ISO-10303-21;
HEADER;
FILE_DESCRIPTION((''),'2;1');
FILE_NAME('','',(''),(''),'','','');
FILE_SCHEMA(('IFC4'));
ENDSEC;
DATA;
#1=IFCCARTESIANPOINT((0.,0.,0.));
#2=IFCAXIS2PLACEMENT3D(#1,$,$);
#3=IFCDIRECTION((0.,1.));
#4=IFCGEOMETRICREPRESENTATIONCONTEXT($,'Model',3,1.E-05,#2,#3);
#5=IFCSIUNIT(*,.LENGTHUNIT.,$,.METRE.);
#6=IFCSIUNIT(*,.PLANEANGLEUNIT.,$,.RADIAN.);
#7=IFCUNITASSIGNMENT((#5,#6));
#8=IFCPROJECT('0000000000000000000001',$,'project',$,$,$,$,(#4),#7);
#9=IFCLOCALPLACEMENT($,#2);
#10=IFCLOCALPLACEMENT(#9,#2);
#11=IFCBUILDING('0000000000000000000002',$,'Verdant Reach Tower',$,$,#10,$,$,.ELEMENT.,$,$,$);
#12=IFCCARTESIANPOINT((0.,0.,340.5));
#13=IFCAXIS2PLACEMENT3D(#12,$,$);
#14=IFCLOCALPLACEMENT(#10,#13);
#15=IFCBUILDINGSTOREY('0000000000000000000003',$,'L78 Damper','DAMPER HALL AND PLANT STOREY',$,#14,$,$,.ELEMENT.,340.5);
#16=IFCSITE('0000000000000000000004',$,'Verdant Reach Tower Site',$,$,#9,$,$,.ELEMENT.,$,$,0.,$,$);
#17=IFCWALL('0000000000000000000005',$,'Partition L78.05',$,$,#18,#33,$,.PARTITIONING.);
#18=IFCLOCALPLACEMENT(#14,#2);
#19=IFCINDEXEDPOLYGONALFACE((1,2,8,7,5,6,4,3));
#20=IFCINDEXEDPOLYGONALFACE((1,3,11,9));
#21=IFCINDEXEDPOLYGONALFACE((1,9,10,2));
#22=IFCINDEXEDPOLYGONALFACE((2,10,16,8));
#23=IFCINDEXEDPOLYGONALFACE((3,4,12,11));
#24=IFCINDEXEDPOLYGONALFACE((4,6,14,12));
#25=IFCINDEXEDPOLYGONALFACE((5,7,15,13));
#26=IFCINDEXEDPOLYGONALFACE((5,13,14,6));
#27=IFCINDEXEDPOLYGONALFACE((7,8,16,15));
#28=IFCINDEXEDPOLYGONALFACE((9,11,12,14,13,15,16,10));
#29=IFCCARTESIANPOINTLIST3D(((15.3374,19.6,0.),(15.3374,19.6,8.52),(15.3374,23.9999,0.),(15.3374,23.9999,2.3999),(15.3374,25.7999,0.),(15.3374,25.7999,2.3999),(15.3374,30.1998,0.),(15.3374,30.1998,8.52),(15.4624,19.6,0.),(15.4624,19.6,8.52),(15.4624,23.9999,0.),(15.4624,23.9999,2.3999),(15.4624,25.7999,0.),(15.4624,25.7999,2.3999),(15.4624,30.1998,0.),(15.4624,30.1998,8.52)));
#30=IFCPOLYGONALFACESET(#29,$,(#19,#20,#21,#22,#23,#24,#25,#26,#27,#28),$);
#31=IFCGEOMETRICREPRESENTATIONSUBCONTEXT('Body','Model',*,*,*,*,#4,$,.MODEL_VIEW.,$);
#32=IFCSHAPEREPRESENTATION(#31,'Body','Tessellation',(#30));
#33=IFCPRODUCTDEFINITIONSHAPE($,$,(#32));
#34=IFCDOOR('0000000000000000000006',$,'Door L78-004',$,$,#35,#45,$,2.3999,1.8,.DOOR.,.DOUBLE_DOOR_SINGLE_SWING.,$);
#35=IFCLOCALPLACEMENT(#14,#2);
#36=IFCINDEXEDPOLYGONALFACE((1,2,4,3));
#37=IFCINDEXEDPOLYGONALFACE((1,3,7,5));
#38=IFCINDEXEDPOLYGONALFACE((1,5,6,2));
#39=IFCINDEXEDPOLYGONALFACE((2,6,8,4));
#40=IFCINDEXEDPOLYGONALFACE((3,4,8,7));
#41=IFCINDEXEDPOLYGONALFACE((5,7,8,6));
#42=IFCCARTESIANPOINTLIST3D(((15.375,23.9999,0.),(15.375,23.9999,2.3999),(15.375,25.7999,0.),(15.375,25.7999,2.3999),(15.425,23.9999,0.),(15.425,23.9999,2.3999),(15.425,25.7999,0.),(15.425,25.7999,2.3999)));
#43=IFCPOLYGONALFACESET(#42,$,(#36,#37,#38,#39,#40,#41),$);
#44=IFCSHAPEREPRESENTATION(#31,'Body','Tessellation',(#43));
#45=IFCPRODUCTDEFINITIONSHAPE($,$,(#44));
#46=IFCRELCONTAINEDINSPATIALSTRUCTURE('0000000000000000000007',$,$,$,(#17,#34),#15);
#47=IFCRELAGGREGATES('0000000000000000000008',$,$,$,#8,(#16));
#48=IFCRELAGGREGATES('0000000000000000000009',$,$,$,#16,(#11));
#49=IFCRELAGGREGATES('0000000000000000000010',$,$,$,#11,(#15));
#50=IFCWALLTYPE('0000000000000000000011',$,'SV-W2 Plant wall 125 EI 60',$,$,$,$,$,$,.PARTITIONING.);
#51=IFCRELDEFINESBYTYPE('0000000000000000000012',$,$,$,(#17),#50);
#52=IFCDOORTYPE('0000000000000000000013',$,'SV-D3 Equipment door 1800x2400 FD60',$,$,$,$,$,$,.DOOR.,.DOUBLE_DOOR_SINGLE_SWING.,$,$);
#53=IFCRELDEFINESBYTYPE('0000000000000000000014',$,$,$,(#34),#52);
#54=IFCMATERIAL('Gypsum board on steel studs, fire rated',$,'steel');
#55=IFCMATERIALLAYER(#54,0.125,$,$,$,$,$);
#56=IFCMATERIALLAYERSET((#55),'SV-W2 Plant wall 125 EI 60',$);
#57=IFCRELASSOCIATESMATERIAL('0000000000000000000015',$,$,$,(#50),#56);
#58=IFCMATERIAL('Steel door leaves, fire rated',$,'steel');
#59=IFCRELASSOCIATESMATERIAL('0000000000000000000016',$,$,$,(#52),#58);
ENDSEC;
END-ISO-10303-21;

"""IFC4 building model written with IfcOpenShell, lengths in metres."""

from ifc_helpers import new_model, si_unit, direction, frame, frame_2d, origin, place, context, subcontext, project, spatial, rectangle, extrude, material, layer, layer_set, type_object, element, fill, save


model = new_model("IFC4")

# Units and contexts
model_context = context("Model", 3, precision=1e-05, world=origin(), true_north=direction((0.0, 1.0)))
body_context = subcontext(model_context, "Body", "Model", "MODEL_VIEW")
ifc_project = project(units=[si_unit("LENGTHUNIT", "METRE"), si_unit("PLANEANGLEUNIT", "RADIAN")], contexts=[model_context])

# Site, building, storey
site_placement = place(None, origin())
site = spatial("IfcSite", under=ifc_project, at=site_placement, Name="Verdant Reach Tower Site", CompositionType="ELEMENT", RefElevation=0.0)
building_placement = place(site_placement, origin())
building = spatial("IfcBuilding", under=site, at=building_placement, Name="Verdant Reach Tower", CompositionType="ELEMENT")
storey_placement = place(building_placement, frame((0.0, 0.0, 340.5)))
storey = spatial("IfcBuildingStorey", under=building, at=storey_placement, Name="L78 Damper", Description="DAMPER HALL AND PLANT STOREY", CompositionType="ELEMENT", Elevation=340.5)

# Wall, opening, door
ifc_material_1 = material(Name="Gypsum board on steel studs, fire rated", Category="steel")
ifc_layer_1 = layer(ifc_material_1, 0.125)
ifc_layer_set_1 = layer_set([ifc_layer_1], Name="SV-W2 Plant wall 125 EI 60")
wall_type_1 = type_object("IfcWallType", Name="SV-W2 Plant wall 125 EI 60", PredefinedType="PARTITIONING", material=ifc_layer_set_1)
wall_1_placement = place(storey_placement, frame((15.3999, 19.6001, 0.0), z_axis=(0.0, 0.0, 1.0), x_axis=(0.0, 1.0, 0.0)))
wall_1 = element("IfcWall", 1, at=wall_1_placement, inside=storey, type_object=wall_type_1, Name="Partition L78.05", PredefinedType="PARTITIONING", context=body_context, shape_type="SweptSolid", body=[
    extrude(rectangle(XDim=10.5999, YDim=0.125, at=frame_2d((5.2998, 0.0))), origin(), (0.0, 0.0, 1.0), 8.52),
])
opening_1_placement = place(wall_1_placement, frame((4.3999, 0.0, 0.0)))
opening_1 = element("IfcOpeningElement", 2, at=opening_1_placement, cuts=wall_1, PredefinedType="OPENING", context=body_context, shape_type="SweptSolid", body=[
    extrude(rectangle(XDim=1.8, YDim=2.3999, at=frame_2d((0.8999, 1.2))), frame((0.0, 0.0725, 0.0), z_axis=(0.0, -1.0, 0.0), x_axis=(1.0, 0.0, 0.0)), (0.0, 0.0, 1.0), 0.145),
])
ifc_material_2 = material(Name="Steel door leaves, fire rated", Category="steel")
door_type_1 = type_object("IfcDoorType", Name="SV-D3 Equipment door 1800x2400 FD60", OperationType="DOUBLE_DOOR_SINGLE_SWING", PredefinedType="DOOR", material=ifc_material_2)
door_1_placement = place(opening_1_placement, origin())
door_1 = element("IfcDoor", 3, at=door_1_placement, inside=storey, type_object=door_type_1, Name="Door L78-004", OperationType="DOUBLE_DOOR_SINGLE_SWING", OverallHeight=2.3999, OverallWidth=1.8, PredefinedType="DOOR", context=body_context, shape_type="SweptSolid", body=[
    extrude(rectangle(XDim=1.8, YDim=2.3999, at=frame_2d((0.8999, 1.2))), frame((0.0, 0.0249, 0.0), z_axis=(0.0, -1.0, 0.0), x_axis=(1.0, 0.0, 0.0)), (0.0, 0.0, 1.0), 0.05),
])
fill(opening_1, door_1)

save(model, "model.ifc")
